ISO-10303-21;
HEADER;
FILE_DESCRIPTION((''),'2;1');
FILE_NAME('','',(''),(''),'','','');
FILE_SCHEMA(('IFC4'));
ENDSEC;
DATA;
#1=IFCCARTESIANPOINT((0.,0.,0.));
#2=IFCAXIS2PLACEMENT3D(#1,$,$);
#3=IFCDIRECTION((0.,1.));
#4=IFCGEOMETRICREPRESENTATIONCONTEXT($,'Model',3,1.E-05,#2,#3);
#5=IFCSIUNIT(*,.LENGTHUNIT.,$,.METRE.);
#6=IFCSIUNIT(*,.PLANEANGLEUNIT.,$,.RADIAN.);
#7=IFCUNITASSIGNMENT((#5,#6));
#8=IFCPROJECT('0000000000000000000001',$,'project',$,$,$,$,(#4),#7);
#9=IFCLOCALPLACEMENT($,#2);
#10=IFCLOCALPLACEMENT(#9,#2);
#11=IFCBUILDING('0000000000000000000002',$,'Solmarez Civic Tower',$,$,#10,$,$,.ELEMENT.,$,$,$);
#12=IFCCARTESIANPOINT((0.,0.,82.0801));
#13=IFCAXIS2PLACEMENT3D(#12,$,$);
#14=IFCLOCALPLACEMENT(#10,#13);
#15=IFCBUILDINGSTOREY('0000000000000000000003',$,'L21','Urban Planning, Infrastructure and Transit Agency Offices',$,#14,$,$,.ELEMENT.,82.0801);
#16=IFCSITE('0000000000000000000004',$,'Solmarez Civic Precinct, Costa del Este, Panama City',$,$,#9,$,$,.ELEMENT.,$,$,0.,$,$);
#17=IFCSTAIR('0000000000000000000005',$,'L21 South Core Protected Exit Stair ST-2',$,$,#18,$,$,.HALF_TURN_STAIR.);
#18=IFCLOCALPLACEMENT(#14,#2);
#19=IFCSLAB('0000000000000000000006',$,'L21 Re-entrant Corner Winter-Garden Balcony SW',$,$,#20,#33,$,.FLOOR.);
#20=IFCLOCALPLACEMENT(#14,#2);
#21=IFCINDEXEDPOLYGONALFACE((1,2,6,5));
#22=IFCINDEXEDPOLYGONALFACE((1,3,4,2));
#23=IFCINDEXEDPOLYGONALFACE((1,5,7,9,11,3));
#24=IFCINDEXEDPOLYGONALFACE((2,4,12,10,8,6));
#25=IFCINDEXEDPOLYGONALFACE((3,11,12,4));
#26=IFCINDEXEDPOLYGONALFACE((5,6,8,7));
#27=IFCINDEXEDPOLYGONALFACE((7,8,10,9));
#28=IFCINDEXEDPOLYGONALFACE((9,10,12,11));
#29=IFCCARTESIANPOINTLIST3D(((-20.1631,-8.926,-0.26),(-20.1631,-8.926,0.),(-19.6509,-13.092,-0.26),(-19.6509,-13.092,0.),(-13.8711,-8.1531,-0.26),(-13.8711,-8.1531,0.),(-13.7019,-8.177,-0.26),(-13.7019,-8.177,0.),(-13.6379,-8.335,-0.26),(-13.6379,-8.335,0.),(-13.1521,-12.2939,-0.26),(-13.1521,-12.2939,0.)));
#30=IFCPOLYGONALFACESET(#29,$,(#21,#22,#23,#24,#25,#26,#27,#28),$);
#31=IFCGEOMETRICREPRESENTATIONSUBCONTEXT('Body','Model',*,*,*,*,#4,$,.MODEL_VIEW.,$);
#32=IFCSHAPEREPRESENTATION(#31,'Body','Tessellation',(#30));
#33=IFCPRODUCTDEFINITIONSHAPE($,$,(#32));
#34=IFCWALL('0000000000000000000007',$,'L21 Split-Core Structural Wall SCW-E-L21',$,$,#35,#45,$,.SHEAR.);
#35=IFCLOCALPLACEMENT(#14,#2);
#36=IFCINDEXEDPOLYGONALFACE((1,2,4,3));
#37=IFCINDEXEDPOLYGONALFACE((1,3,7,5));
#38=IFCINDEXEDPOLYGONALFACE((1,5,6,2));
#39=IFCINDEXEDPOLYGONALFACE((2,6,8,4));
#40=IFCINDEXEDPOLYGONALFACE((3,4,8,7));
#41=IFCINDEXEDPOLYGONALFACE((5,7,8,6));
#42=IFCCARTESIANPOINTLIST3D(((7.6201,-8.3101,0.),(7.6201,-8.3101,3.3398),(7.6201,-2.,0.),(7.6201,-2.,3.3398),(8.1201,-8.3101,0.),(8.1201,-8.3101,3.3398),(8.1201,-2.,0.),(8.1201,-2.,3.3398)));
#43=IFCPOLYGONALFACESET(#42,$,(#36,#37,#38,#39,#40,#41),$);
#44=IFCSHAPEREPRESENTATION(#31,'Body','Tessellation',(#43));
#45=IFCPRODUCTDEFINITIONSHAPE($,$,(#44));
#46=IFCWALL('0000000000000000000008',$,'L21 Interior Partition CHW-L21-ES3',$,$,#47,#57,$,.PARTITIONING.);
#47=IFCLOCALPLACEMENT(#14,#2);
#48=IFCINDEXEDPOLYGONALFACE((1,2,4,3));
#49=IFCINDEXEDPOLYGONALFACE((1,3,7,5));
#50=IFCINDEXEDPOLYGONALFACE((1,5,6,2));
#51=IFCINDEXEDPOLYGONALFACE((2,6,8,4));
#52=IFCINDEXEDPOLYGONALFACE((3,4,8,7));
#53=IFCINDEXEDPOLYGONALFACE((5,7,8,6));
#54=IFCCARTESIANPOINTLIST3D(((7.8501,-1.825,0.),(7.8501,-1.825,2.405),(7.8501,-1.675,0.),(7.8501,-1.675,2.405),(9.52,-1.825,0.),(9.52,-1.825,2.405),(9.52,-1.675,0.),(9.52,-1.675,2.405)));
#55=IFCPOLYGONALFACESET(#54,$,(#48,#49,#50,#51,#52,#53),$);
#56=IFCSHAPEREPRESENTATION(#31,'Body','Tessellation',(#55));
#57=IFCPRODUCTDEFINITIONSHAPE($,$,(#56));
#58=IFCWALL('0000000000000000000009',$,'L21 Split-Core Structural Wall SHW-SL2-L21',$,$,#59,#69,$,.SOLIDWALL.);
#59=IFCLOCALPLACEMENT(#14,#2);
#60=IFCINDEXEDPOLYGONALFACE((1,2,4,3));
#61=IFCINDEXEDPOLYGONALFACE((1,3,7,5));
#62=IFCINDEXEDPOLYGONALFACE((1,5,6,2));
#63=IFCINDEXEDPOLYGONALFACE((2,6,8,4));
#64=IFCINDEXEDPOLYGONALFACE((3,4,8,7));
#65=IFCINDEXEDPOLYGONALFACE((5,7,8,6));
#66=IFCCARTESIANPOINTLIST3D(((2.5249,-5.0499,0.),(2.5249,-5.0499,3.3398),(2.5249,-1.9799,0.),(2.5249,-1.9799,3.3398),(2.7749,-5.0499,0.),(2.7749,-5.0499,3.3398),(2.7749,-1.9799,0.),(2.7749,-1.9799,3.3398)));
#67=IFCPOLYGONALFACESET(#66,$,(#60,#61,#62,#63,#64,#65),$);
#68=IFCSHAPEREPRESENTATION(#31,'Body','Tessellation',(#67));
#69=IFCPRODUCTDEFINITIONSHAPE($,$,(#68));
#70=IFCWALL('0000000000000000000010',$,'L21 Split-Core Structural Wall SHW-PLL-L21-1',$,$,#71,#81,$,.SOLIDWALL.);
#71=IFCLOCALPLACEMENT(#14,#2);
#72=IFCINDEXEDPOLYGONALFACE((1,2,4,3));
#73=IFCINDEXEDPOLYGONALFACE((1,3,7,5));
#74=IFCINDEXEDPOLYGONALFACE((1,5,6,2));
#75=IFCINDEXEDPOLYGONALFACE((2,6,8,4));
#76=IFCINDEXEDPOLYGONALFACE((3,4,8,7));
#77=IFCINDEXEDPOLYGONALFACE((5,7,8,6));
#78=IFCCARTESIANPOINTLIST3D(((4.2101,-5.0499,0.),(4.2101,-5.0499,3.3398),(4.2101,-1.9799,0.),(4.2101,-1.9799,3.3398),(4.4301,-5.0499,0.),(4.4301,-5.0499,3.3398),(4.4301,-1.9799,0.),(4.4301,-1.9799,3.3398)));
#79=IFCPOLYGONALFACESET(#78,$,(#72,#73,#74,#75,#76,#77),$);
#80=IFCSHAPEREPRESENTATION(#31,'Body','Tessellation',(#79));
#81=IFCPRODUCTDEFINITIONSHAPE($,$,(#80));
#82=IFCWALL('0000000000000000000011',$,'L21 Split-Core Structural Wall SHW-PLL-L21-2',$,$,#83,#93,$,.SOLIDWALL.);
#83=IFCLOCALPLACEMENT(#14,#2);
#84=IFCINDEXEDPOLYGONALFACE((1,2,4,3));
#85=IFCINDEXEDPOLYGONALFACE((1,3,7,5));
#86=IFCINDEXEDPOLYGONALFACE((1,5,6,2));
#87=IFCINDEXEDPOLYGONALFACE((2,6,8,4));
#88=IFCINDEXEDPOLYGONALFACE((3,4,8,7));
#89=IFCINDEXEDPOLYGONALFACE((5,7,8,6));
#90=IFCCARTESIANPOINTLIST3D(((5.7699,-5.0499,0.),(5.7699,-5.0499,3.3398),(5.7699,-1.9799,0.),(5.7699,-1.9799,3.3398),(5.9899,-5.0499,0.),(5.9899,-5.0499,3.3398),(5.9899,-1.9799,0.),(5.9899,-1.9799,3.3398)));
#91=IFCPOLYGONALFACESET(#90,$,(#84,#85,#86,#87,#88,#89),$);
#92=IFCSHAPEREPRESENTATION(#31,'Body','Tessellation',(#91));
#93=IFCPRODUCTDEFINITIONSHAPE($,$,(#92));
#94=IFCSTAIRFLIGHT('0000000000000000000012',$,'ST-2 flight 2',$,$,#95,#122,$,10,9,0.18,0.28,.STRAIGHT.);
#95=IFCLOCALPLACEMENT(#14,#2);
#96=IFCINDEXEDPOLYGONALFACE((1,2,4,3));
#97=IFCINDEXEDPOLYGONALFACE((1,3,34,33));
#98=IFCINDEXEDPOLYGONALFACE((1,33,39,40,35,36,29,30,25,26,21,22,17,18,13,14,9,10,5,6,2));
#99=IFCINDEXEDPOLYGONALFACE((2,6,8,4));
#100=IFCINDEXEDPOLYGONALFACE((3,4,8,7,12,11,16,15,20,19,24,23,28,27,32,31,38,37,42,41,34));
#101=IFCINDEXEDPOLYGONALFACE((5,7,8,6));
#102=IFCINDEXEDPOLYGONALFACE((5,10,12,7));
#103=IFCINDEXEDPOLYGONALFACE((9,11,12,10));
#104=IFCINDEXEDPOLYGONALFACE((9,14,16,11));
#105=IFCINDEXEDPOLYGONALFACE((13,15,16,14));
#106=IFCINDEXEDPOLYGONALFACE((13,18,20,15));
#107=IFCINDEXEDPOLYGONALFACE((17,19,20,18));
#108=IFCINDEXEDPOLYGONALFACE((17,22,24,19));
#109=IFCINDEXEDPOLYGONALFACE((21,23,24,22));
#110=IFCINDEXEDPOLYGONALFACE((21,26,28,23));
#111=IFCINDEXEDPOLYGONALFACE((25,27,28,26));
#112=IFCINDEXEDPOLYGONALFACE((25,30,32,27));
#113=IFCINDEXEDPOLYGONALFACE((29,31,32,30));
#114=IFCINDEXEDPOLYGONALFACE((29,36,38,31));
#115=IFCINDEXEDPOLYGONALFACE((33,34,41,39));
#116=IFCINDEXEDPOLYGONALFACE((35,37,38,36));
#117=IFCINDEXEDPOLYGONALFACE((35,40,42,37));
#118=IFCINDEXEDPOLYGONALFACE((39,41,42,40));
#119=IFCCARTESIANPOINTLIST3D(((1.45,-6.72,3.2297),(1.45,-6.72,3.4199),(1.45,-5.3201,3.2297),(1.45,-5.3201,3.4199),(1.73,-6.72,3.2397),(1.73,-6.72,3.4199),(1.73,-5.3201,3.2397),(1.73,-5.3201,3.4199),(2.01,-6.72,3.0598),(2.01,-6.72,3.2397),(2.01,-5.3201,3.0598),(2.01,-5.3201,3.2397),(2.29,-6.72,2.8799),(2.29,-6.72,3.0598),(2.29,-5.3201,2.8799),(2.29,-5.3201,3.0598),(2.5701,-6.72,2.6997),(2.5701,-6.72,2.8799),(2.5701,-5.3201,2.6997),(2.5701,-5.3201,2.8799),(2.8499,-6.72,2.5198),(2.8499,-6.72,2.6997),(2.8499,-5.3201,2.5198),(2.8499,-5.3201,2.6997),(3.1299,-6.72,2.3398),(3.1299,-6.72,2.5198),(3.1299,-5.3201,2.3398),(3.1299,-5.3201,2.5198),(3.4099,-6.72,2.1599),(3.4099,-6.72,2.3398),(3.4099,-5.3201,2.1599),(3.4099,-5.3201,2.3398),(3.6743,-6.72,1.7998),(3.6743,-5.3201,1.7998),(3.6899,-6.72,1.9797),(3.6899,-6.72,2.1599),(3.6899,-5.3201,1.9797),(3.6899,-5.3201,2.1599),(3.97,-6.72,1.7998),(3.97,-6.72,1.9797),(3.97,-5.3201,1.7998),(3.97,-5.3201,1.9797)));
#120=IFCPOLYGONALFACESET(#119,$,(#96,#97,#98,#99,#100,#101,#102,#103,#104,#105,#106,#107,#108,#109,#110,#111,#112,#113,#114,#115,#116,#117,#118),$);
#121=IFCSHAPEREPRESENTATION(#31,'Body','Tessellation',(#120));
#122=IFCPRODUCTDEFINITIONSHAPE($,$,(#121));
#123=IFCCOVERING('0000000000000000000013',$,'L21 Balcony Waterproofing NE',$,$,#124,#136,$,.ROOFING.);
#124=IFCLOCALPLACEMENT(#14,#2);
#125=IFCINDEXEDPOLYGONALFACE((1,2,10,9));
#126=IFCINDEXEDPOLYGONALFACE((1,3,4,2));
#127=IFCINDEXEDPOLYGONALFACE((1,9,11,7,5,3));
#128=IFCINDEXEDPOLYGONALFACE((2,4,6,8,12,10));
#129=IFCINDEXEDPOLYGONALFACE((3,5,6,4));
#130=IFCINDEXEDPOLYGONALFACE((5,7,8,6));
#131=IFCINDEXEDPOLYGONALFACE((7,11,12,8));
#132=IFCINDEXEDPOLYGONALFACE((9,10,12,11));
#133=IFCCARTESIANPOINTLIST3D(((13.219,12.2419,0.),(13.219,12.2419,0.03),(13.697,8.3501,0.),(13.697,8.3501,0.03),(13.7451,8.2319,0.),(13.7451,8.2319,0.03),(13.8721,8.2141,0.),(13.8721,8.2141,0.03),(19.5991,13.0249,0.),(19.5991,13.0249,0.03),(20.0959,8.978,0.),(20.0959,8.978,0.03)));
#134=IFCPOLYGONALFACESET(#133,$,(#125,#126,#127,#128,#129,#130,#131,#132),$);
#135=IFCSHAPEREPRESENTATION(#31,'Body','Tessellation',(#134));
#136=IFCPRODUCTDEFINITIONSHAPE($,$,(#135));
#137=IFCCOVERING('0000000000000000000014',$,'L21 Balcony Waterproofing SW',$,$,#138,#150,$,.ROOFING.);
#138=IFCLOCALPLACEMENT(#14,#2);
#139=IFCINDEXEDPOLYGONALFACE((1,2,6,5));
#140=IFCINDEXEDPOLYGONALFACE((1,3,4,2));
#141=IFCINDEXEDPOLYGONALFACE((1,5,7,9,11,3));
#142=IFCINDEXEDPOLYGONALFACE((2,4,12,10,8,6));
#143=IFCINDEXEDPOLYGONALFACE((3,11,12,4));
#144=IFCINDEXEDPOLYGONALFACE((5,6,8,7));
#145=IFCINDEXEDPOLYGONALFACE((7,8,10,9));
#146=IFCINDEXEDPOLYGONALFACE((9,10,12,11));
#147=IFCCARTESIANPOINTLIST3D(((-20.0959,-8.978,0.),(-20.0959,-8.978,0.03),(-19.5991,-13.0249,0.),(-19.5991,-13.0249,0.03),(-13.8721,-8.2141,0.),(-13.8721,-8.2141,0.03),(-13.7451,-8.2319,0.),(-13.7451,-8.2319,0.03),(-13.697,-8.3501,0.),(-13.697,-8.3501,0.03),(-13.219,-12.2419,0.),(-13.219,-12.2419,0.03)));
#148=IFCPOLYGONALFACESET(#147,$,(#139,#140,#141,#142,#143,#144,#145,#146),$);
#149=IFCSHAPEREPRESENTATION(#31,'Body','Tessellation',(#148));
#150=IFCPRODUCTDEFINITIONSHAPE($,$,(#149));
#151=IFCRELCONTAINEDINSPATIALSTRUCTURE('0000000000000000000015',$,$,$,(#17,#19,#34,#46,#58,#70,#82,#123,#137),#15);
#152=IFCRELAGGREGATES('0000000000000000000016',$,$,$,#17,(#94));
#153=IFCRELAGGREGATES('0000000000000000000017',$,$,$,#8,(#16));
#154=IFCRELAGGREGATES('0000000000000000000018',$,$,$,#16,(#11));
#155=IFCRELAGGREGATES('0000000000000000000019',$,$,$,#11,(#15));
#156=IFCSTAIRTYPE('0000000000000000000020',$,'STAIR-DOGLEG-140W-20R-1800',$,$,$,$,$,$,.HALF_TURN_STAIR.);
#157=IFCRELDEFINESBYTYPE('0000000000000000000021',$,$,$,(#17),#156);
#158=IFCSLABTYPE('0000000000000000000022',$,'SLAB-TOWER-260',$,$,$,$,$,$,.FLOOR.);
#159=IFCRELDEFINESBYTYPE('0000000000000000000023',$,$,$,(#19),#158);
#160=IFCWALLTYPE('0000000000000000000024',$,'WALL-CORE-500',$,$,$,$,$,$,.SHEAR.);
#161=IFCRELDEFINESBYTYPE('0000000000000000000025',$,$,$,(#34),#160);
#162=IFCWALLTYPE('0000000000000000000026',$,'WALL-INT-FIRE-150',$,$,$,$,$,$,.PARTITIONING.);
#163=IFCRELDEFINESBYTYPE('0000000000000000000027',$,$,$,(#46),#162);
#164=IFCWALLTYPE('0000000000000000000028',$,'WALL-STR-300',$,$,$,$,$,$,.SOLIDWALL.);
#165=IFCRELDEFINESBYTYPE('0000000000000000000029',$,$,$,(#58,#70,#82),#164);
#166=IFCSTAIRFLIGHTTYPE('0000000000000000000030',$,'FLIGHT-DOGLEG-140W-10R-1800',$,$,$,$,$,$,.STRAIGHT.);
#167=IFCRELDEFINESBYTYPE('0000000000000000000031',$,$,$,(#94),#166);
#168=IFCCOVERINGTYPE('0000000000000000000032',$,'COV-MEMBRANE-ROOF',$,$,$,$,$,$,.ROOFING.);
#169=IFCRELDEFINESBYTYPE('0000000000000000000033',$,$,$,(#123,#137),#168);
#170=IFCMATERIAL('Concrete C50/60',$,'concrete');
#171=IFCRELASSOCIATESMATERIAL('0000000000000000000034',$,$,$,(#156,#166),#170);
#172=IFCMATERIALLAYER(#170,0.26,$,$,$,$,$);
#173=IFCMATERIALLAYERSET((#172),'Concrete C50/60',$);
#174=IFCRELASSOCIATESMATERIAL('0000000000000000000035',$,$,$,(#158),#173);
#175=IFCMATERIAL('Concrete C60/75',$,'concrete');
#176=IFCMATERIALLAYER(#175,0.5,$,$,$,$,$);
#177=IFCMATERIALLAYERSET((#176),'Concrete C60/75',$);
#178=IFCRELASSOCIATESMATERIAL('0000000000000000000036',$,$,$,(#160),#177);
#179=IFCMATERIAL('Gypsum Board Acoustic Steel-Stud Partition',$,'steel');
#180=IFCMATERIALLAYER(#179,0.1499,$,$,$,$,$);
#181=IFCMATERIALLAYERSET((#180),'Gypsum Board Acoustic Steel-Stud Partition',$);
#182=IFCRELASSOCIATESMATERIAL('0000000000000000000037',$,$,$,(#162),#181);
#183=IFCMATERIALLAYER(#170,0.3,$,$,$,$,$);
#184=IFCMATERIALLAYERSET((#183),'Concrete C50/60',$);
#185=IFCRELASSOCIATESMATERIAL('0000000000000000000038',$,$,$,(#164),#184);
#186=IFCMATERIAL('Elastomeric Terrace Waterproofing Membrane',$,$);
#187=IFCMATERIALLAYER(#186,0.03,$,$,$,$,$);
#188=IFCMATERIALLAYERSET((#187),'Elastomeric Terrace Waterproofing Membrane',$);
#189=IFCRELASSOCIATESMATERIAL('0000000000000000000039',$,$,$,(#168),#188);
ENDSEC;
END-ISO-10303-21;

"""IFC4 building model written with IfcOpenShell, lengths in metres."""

from ifc_helpers import new_model, si_unit, direction, frame, frame_2d, origin, place, context, subcontext, project, spatial, polyline, rectangle, outline, extrude, material, layer, layer_set, type_object, element, aggregate, save


model = new_model("IFC4")

# Units and contexts
model_context = context("Model", 3, precision=1e-05, world=origin(), true_north=direction((0.0, 1.0)))
body_context = subcontext(model_context, "Body", "Model", "MODEL_VIEW")
ifc_project = project(units=[si_unit("LENGTHUNIT", "METRE"), si_unit("PLANEANGLEUNIT", "RADIAN")], contexts=[model_context])

# Site, building, storey
site_placement = place(None, origin())
site = spatial("IfcSite", under=ifc_project, at=site_placement, Name="Solmarez Civic Precinct, Costa del Este, Panama City", CompositionType="ELEMENT", RefElevation=0.0)
building_placement = place(site_placement, origin())
building = spatial("IfcBuilding", under=site, at=building_placement, Name="Solmarez Civic Tower", CompositionType="ELEMENT")
storey_placement = place(building_placement, frame((0.0, 0.0, 82.0801)))
storey = spatial("IfcBuildingStorey", under=building, at=storey_placement, Name="L21", Description="Urban Planning, Infrastructure and Transit Agency Offices", CompositionType="ELEMENT", Elevation=82.0801)

# Stair
ifc_material_1 = material(Name="Concrete C50/60", Category="concrete")
stair_type = type_object("IfcStairType", Name="STAIR-DOGLEG-140W-20R-1800", PredefinedType="HALF_TURN_STAIR", material=ifc_material_1)
stair_1_placement = place(storey_placement, origin())
stair_1 = element("IfcStair", 1, at=stair_1_placement, inside=storey, type_object=stair_type, Name="L21 South Core Protected Exit Stair ST-2", PredefinedType="HALF_TURN_STAIR")

# Slab
ifc_layer_1 = layer(ifc_material_1, 0.26)
ifc_layer_set_1 = layer_set([ifc_layer_1], Name="Concrete C50/60")
slab_type_1 = type_object("IfcSlabType", Name="SLAB-TOWER-260", PredefinedType="FLOOR", material=ifc_layer_set_1)
slab_1_placement = place(storey_placement, frame((0.0, 0.0, -0.26)))
element("IfcSlab", 2, at=slab_1_placement, inside=storey, type_object=slab_type_1, Name="L21 Re-entrant Corner Winter-Garden Balcony SW", PredefinedType="FLOOR", context=body_context, shape_type="SweptSolid", body=[
    extrude(outline(polyline([(-13.1521, -12.2939), (-13.6379, -8.335), (-13.7019, -8.177), (-13.8711, -8.1531), (-20.1631, -8.926), (-19.6509, -13.092), (-13.1521, -12.2939)])), origin(), (0.0, 0.0, 1.0), 0.26),
])

# Walls
ifc_material_2 = material(Name="Concrete C60/75", Category="concrete")
ifc_layer_2 = layer(ifc_material_2, 0.5)
ifc_layer_set_2 = layer_set([ifc_layer_2], Name="Concrete C60/75")
wall_type_1 = type_object("IfcWallType", Name="WALL-CORE-500", PredefinedType="SHEAR", material=ifc_layer_set_2)
wall_1_placement = place(storey_placement, frame((7.8701, -2.0, 0.0), z_axis=(0.0, 0.0, 1.0), x_axis=(0.0, -1.0, 0.0)))
element("IfcWall", 3, at=wall_1_placement, inside=storey, type_object=wall_type_1, Name="L21 Split-Core Structural Wall SCW-E-L21", PredefinedType="SHEAR", context=body_context, shape_type="SweptSolid", body=[
    extrude(rectangle(XDim=6.3101, YDim=0.5, at=frame_2d((3.155, 0.0))), origin(), (0.0, 0.0, 1.0), 3.3398),
])
ifc_material_3 = material(Name="Gypsum Board Acoustic Steel-Stud Partition", Category="steel")
ifc_layer_3 = layer(ifc_material_3, 0.1499)
ifc_layer_set_3 = layer_set([ifc_layer_3], Name="Gypsum Board Acoustic Steel-Stud Partition")
wall_type_2 = type_object("IfcWallType", Name="WALL-INT-FIRE-150", PredefinedType="PARTITIONING", material=ifc_layer_set_3)
wall_2_placement = place(storey_placement, frame((7.8501, -1.75, 0.0), z_axis=(0.0, 0.0, 1.0), x_axis=(1.0, 0.0, 0.0)))
element("IfcWall", 4, at=wall_2_placement, inside=storey, type_object=wall_type_2, Name="L21 Interior Partition CHW-L21-ES3", PredefinedType="PARTITIONING", context=body_context, shape_type="SweptSolid", body=[
    extrude(rectangle(XDim=1.6699, YDim=0.1499, at=frame_2d((0.835, 0.0))), origin(), (0.0, 0.0, 1.0), 2.405),
])
ifc_layer_4 = layer(ifc_material_1, 0.3)
ifc_layer_set_4 = layer_set([ifc_layer_4], Name="Concrete C50/60")
wall_type_3 = type_object("IfcWallType", Name="WALL-STR-300", PredefinedType="SOLIDWALL", material=ifc_layer_set_4)
wall_3_placement = place(storey_placement, frame((2.6499, -5.05, 0.0), z_axis=(0.0, 0.0, 1.0), x_axis=(0.0, 1.0, 0.0)))
element("IfcWall", 5, at=wall_3_placement, inside=storey, type_object=wall_type_3, Name="L21 Split-Core Structural Wall SHW-SL2-L21", PredefinedType="SOLIDWALL", context=body_context, shape_type="SweptSolid", body=[
    extrude(rectangle(XDim=3.0701, YDim=0.25, at=frame_2d((1.5352, 0.0))), origin(), (0.0, 0.0, 1.0), 3.3398),
])
for number, where, z_axis, x_axis, name in (
    (6, (4.3201, -5.05, 0.0), (0.0, 0.0, 1.0), (0.0, 1.0, 0.0), "L21 Split-Core Structural Wall SHW-PLL-L21-1"),
    (7, (5.8799, -5.05, 0.0), (0.0, 0.0, 1.0), (0.0, 1.0, 0.0), "L21 Split-Core Structural Wall SHW-PLL-L21-2"),
):
    element("IfcWall", number, at=place(storey_placement, frame(where, z_axis=z_axis, x_axis=x_axis)), inside=storey, type_object=wall_type_3, Name=name, PredefinedType="SOLIDWALL", context=body_context, shape_type="SweptSolid", body=[
        extrude(rectangle(XDim=3.0701, YDim=0.22, at=frame_2d((1.5352, 0.0))), origin(), (0.0, 0.0, 1.0), 3.3398),
    ])

# Stair flight
stair_flight_type = type_object("IfcStairFlightType", Name="FLIGHT-DOGLEG-140W-10R-1800", PredefinedType="STRAIGHT", material=ifc_material_1)
stair_flight_placement = place(storey_placement, frame((3.97, -6.02, 1.7998), z_axis=(0.0, 0.0, 1.0), x_axis=(-1.0, 0.0, 0.0)))
stair_flight = element("IfcStairFlight", 8, at=stair_flight_placement, type_object=stair_flight_type, Name="ST-2 flight 2", NumberOfRisers=10, NumberOfTreads=9, PredefinedType="STRAIGHT", RiserHeight=0.18, TreadLength=0.28, context=body_context, shape_type="SweptSolid", body=[
    extrude(outline(polyline([(0.0, 0.0), (0.0, 0.1799), (0.28, 0.1799), (0.28, 0.3601), (0.5601, 0.3601), (0.5601, 0.54), (0.8401, 0.54), (0.8401, 0.72), (1.1201, 0.72), (1.1201, 0.8999), (1.3999, 0.8999), (1.3999, 1.0801), (1.6799, 1.0801), (1.6799, 1.26), (1.96, 1.26), (1.96, 1.4399), (2.24, 1.4399), (2.24, 1.6201), (2.52, 1.6201), (2.52, 1.8), (2.52, 1.4299), (0.2957, 0.0), (0.0, 0.0)])), frame((0.0, 0.7, 0.0), z_axis=(0.0, -1.0, 0.0), x_axis=(1.0, 0.0, 0.0)), (0.0, 0.0, 1.0), 1.3999),
])
aggregate(stair_1, [stair_flight])

# Coverings
ifc_material_4 = material(Name="Elastomeric Terrace Waterproofing Membrane")
ifc_layer_5 = layer(ifc_material_4, 0.03)
ifc_layer_set_5 = layer_set([ifc_layer_5], Name="Elastomeric Terrace Waterproofing Membrane")
covering_type = type_object("IfcCoveringType", Name="COV-MEMBRANE-ROOF", PredefinedType="ROOFING", material=ifc_layer_set_5)
covering_1_placement = place(storey_placement, origin())
element("IfcCovering", 9, at=covering_1_placement, inside=storey, type_object=covering_type, Name="L21 Balcony Waterproofing NE", PredefinedType="ROOFING", context=body_context, shape_type="SweptSolid", body=[
    extrude(outline(polyline([(13.697, 8.3501), (13.7451, 8.2319), (13.8721, 8.2141), (20.0959, 8.978), (19.5991, 13.0249), (13.219, 12.2419), (13.697, 8.3501)])), origin(), (0.0, 0.0, 1.0), 0.03),
])
covering_2_placement = place(storey_placement, origin())
element("IfcCovering", 10, at=covering_2_placement, inside=storey, type_object=covering_type, Name="L21 Balcony Waterproofing SW", PredefinedType="ROOFING", context=body_context, shape_type="SweptSolid", body=[
    extrude(outline(polyline([(-13.697, -8.3501), (-13.7451, -8.2319), (-13.8721, -8.2141), (-20.0959, -8.978), (-19.5991, -13.0249), (-13.219, -12.2419), (-13.697, -8.3501)])), origin(), (0.0, 0.0, 1.0), 0.03),
])

save(model, "model.ifc")
